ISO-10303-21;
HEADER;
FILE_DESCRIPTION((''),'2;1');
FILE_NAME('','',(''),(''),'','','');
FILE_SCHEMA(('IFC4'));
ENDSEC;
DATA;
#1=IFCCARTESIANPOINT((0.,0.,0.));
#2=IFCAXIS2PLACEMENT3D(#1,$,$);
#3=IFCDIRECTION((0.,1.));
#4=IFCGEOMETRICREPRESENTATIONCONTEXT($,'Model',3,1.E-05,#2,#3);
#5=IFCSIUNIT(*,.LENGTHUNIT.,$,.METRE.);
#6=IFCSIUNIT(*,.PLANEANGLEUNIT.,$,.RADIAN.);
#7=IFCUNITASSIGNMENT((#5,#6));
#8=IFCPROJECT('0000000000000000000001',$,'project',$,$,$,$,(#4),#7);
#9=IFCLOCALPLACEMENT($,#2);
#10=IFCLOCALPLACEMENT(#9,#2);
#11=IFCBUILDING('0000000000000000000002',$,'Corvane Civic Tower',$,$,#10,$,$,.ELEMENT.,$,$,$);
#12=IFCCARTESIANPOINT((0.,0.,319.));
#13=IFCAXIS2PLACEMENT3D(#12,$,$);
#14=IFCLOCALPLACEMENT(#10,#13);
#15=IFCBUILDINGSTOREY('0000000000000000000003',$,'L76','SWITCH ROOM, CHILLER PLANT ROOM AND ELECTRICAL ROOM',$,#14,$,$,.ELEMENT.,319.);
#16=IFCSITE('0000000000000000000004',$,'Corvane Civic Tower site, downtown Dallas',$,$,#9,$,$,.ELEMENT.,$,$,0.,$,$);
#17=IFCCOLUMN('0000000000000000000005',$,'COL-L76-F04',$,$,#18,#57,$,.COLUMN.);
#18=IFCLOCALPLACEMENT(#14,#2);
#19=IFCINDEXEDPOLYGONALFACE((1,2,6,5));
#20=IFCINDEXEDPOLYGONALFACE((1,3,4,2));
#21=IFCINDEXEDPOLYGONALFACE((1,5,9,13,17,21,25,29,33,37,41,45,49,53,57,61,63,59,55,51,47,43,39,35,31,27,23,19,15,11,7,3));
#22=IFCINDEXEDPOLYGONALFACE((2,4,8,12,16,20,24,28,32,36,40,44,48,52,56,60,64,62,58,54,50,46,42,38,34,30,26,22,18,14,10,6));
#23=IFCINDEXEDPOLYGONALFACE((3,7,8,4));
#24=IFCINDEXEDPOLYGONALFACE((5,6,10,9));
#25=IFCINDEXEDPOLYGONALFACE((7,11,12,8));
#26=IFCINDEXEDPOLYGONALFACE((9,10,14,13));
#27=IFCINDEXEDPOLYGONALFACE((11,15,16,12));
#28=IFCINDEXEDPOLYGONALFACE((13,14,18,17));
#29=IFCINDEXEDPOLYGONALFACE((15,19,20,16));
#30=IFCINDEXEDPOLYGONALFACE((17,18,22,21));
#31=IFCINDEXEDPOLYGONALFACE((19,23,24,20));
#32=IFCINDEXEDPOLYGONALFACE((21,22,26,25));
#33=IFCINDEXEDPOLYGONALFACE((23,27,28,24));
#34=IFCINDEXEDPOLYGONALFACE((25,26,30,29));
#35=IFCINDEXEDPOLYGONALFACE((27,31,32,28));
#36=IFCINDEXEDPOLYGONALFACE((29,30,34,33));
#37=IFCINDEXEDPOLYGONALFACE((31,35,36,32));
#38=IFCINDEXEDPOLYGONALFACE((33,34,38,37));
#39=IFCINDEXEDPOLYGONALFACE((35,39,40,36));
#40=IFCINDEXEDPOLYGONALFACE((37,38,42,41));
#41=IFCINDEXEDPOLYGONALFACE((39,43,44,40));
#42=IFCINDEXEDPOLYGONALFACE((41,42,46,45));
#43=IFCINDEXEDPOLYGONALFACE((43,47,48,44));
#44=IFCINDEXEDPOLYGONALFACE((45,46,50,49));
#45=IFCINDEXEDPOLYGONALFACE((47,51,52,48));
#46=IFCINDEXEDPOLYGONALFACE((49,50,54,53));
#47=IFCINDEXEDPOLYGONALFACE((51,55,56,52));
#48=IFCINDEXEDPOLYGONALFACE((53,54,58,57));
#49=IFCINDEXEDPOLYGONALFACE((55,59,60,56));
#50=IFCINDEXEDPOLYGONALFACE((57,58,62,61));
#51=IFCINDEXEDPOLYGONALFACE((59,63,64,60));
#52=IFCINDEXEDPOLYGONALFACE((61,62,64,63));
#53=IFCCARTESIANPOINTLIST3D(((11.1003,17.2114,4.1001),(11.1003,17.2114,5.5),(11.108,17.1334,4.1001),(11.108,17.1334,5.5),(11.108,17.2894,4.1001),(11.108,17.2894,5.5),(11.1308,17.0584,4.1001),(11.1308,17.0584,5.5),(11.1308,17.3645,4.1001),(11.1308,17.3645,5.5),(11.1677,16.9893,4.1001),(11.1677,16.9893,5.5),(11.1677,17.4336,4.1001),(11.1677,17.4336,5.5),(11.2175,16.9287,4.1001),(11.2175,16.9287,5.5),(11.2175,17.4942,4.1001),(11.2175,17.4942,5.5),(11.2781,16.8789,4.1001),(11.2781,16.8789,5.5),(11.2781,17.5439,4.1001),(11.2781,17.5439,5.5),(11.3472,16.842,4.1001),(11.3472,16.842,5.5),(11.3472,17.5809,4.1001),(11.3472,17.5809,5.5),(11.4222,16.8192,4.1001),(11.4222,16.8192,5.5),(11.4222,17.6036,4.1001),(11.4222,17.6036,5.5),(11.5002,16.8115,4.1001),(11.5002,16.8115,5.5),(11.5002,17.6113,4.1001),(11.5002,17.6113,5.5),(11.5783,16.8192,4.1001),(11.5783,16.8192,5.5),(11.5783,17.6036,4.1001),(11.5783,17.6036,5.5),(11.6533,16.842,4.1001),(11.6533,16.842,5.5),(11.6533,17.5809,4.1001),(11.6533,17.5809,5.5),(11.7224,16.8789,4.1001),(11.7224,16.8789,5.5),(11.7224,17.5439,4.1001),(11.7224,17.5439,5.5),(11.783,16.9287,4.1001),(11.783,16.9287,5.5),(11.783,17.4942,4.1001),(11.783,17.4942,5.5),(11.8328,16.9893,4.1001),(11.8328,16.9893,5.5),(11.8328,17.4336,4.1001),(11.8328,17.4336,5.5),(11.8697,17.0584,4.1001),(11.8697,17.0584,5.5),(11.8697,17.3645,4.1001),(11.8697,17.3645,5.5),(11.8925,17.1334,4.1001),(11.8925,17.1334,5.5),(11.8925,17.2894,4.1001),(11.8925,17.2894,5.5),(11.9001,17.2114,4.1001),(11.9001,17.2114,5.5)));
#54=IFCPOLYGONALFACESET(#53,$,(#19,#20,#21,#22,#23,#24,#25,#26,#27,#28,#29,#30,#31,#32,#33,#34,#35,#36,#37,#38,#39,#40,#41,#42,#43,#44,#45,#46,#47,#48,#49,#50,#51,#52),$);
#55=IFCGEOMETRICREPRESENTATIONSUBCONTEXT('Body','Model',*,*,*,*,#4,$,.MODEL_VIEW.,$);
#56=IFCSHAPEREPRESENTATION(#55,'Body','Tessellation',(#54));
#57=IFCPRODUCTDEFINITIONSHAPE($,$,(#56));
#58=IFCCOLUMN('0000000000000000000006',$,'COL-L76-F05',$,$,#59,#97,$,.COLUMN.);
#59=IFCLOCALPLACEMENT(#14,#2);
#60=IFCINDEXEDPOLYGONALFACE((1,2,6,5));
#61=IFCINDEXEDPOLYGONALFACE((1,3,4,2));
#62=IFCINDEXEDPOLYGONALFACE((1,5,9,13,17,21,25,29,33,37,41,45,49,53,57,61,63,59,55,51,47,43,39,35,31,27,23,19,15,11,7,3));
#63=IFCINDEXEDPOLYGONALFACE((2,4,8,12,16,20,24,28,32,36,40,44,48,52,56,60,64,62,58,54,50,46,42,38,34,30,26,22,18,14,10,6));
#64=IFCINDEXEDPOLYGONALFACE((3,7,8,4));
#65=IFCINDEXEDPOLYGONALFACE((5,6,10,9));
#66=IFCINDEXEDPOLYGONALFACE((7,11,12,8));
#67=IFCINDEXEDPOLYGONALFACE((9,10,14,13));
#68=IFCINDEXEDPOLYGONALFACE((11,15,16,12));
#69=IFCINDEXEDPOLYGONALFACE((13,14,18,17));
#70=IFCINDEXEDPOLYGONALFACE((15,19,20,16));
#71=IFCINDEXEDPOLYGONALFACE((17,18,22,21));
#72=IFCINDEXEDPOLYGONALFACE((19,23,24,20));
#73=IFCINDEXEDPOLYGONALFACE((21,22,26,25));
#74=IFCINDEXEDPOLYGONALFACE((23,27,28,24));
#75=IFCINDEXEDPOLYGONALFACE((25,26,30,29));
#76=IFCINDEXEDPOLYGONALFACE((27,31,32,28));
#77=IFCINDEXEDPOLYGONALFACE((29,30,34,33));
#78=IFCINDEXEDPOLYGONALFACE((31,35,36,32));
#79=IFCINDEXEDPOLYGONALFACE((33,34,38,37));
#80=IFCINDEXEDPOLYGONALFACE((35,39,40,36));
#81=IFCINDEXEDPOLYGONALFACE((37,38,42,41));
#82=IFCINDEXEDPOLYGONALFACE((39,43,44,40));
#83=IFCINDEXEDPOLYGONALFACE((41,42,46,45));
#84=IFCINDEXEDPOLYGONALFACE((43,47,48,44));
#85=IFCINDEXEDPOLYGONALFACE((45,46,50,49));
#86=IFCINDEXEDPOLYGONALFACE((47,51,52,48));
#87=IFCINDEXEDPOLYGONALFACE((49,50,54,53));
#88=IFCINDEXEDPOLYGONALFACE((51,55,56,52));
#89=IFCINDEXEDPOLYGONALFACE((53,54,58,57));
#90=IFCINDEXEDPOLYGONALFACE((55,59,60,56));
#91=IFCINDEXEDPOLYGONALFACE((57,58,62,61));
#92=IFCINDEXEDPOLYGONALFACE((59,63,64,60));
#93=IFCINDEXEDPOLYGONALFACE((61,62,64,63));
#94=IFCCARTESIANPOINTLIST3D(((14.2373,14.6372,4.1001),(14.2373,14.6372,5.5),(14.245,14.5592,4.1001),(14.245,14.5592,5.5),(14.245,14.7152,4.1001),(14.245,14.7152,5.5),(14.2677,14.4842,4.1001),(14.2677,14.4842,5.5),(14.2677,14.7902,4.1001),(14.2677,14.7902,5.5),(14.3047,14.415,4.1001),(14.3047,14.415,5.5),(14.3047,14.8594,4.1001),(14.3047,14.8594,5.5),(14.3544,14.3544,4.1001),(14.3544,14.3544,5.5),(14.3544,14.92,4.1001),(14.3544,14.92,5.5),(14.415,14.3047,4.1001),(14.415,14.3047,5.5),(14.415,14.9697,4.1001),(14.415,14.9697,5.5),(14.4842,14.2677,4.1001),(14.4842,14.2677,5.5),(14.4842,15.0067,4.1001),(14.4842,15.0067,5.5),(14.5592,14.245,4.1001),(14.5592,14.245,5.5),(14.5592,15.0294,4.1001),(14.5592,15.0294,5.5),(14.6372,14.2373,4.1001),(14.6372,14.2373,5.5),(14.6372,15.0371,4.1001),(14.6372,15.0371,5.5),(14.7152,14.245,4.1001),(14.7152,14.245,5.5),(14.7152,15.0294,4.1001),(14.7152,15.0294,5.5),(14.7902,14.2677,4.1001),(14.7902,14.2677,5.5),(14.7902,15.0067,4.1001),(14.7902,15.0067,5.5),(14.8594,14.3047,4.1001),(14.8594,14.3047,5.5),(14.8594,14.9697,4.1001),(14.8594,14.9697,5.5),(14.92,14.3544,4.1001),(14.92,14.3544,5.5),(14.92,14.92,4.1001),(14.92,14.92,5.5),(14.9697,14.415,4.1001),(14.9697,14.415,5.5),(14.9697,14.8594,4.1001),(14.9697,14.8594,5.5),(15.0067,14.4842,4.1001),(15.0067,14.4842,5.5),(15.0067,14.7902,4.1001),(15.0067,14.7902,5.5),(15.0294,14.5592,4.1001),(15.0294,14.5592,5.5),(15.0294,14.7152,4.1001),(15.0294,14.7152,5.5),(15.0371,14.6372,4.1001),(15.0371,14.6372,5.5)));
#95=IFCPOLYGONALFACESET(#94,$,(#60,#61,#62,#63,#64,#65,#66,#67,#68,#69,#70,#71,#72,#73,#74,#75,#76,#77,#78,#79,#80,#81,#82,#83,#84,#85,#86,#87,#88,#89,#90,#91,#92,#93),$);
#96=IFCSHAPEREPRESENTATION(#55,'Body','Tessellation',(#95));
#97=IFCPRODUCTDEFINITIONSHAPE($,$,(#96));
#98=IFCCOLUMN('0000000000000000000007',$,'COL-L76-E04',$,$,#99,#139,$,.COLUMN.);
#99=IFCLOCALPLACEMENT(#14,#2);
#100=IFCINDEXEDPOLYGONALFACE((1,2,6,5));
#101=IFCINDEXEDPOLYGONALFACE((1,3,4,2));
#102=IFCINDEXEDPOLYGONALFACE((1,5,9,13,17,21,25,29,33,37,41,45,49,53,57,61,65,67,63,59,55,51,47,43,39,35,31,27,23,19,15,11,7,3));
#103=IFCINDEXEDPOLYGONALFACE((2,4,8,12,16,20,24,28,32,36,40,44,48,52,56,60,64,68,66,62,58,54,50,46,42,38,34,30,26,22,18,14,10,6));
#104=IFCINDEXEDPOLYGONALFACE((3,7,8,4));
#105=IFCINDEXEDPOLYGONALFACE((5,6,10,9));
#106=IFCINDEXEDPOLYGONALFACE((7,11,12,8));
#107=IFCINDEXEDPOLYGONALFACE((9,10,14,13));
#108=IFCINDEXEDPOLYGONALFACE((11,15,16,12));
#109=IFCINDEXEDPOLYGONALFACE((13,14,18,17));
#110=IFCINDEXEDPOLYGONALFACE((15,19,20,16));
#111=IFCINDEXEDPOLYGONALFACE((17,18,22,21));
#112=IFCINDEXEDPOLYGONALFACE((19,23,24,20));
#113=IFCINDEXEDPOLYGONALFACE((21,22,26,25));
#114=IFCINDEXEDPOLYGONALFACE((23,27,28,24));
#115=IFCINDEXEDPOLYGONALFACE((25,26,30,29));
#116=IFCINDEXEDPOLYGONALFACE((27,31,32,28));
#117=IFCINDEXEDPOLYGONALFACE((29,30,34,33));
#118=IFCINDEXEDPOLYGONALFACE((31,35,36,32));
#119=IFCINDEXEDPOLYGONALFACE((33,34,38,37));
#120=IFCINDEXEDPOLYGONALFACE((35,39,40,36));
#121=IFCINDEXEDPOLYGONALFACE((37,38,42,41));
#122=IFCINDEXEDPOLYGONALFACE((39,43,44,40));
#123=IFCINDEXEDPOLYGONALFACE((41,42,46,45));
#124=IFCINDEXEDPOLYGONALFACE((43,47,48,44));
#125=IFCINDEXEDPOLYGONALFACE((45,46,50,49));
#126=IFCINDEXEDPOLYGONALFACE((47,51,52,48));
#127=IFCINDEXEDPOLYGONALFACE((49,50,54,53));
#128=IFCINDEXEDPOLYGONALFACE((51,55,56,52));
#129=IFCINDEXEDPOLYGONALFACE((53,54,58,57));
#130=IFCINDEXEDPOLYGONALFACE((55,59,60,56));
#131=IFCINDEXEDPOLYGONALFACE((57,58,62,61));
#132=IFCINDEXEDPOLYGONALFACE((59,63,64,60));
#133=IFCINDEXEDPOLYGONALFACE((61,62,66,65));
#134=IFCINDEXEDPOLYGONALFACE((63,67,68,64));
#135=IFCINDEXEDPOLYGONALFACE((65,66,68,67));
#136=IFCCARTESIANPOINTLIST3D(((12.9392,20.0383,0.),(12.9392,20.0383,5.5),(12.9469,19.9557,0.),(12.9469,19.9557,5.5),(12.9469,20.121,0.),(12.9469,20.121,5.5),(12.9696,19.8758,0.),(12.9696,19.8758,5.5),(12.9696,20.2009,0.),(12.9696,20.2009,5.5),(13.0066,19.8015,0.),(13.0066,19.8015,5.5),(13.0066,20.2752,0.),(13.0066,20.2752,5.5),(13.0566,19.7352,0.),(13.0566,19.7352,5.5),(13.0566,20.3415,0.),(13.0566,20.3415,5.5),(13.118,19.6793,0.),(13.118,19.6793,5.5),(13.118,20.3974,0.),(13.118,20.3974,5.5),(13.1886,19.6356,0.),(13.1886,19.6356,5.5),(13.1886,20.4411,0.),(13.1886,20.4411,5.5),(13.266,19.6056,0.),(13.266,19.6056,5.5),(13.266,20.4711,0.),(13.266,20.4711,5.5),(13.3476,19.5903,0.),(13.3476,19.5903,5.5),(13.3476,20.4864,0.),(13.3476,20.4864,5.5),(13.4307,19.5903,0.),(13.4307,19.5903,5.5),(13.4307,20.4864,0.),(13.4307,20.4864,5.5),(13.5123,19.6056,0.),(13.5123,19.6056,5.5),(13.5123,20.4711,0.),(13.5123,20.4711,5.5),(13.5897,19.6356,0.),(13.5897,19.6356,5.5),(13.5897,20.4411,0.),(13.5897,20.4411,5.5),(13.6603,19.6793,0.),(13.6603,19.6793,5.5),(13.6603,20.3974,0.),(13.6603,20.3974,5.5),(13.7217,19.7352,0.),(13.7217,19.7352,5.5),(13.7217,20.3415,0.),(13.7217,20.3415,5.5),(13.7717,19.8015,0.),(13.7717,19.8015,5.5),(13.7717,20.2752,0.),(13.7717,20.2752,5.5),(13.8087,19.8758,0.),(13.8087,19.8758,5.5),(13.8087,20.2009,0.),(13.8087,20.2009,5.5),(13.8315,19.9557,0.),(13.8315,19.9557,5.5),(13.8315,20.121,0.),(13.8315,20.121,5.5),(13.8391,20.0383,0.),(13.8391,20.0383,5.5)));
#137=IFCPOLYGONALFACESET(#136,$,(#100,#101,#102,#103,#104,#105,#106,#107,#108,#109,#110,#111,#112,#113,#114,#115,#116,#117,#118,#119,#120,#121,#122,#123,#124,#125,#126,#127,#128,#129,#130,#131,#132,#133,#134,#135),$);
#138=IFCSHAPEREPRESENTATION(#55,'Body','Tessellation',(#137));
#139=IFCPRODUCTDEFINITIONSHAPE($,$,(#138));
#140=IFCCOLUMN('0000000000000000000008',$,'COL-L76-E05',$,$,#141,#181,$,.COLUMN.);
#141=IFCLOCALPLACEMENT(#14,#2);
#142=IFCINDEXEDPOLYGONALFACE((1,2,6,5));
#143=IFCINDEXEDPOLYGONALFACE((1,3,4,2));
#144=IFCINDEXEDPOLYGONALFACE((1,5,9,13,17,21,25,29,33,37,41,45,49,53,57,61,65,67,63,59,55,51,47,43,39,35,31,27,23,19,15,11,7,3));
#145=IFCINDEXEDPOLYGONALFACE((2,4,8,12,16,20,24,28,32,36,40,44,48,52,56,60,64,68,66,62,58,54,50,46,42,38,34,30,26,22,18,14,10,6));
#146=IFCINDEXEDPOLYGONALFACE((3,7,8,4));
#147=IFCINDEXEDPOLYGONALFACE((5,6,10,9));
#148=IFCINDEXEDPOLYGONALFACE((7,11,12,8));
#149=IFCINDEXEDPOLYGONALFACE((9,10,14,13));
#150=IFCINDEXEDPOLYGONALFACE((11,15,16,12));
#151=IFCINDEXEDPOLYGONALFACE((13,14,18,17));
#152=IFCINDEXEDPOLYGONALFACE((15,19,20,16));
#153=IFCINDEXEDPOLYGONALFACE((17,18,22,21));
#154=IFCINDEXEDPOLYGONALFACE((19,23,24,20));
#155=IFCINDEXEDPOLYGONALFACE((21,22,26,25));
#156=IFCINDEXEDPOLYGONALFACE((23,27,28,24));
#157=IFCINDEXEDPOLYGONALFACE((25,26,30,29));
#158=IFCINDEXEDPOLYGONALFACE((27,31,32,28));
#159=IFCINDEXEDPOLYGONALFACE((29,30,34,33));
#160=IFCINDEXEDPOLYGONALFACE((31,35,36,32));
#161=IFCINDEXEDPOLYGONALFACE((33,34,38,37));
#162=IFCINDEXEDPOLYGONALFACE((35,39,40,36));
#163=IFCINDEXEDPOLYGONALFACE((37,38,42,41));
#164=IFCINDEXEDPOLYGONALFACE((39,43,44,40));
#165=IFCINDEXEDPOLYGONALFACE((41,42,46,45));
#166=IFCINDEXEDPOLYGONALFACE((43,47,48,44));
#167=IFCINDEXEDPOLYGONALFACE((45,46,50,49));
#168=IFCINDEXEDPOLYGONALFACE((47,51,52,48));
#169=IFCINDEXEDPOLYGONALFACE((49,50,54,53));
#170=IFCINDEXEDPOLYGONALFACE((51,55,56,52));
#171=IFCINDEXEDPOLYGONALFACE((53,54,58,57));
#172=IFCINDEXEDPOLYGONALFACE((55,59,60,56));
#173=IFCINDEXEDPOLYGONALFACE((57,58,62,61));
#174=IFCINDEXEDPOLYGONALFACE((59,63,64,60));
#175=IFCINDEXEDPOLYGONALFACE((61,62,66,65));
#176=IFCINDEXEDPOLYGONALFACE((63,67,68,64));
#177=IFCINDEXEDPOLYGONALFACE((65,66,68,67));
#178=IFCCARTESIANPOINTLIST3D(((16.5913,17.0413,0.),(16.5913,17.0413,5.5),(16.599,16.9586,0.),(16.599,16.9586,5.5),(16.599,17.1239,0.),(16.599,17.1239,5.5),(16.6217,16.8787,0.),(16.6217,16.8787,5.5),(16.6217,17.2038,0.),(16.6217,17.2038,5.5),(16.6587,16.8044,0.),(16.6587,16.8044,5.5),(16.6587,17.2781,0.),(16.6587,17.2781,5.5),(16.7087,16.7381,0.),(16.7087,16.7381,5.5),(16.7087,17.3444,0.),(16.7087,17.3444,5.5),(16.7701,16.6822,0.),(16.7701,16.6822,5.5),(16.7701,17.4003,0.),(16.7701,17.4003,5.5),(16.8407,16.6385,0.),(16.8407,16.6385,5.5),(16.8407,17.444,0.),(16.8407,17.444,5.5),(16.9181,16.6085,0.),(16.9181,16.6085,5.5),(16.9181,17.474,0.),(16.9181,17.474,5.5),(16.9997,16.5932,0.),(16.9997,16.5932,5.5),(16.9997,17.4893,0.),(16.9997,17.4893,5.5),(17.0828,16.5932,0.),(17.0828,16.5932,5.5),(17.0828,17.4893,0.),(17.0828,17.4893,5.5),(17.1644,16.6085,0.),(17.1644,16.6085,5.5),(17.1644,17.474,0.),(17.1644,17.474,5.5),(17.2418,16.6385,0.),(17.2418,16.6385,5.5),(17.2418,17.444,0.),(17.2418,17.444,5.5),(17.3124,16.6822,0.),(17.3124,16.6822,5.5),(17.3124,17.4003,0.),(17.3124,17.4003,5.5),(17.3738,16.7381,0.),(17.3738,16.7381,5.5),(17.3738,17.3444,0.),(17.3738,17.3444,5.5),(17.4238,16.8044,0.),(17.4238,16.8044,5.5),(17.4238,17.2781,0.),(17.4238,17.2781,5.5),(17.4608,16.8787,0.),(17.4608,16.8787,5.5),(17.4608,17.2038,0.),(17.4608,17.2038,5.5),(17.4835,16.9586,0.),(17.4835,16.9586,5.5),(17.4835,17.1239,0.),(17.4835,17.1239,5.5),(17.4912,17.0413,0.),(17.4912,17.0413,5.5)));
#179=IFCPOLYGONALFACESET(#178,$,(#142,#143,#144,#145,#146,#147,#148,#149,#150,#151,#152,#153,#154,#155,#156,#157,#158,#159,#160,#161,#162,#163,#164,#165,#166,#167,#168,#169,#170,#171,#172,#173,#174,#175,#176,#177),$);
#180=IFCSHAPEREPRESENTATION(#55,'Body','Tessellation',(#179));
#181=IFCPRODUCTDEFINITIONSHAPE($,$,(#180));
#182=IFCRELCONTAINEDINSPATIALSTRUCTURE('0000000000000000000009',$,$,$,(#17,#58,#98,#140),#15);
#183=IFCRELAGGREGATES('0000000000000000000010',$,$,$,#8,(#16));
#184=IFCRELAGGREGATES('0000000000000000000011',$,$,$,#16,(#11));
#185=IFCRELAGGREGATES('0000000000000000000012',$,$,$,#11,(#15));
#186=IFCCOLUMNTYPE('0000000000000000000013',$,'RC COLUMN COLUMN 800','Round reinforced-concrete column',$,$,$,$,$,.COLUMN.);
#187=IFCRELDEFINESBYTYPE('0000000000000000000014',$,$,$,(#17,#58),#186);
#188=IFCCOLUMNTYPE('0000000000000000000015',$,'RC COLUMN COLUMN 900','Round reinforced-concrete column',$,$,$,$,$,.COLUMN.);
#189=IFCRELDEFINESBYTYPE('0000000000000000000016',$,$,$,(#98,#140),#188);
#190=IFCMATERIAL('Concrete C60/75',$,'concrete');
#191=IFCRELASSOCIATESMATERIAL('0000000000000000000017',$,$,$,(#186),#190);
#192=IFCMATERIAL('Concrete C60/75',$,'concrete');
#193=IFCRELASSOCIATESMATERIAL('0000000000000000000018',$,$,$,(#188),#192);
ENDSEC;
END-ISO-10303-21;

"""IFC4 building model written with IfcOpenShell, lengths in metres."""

from ifc_helpers import new_model, si_unit, direction, frame, origin, origin_2d, place, context, subcontext, project, spatial, circle, extrude, material, material_profile, profile_set, type_object, element, save


model = new_model("IFC4")

# Units and contexts
model_context = context("Model", 3, precision=1e-05, world=origin(), true_north=direction((0.0, 1.0)))
body_context = subcontext(model_context, "Body", "Model", "MODEL_VIEW")
ifc_project = project(units=[si_unit("LENGTHUNIT", "METRE"), si_unit("PLANEANGLEUNIT", "RADIAN")], contexts=[model_context])

# Site, building, storey
site_placement = place(None, origin())
site = spatial("IfcSite", under=ifc_project, at=site_placement, Name="Corvane Civic Tower site, downtown Dallas", CompositionType="ELEMENT", RefElevation=0.0)
building_placement = place(site_placement, origin())
building = spatial("IfcBuilding", under=site, at=building_placement, Name="Corvane Civic Tower", CompositionType="ELEMENT")
storey_placement = place(building_placement, frame((0.0, 0.0, 319.0)))
storey = spatial("IfcBuildingStorey", under=building, at=storey_placement, Name="L76", Description="SWITCH ROOM, CHILLER PLANT ROOM AND ELECTRICAL ROOM", CompositionType="ELEMENT", Elevation=319.0)

# Columns
ifc_material_1 = material(Name="Concrete C60/75", Category="concrete")
ifc_material_profile_1 = material_profile(ifc_material_1, circle(Radius=0.3999, at=origin_2d()), Name="COLUMN 800")
ifc_profile_set_1 = profile_set([ifc_material_profile_1], Name="Concrete C60/75")
column_type_1 = type_object("IfcColumnType", Name="RC COLUMN COLUMN 800", Description="Round reinforced-concrete column", PredefinedType="COLUMN", material=ifc_profile_set_1)
for number, where, z_axis, x_axis, name in (
    (1, (11.5002, 17.2114, 4.1001), (0.0, 0.0, 1.0), (1.0, 0.0, 0.0), "COL-L76-F04"),
    (2, (14.6372, 14.6372, 4.1001), (0.0, 0.0, 1.0), (1.0, 0.0, 0.0), "COL-L76-F05"),
):
    element("IfcColumn", number, at=place(storey_placement, frame(where, z_axis=z_axis, x_axis=x_axis)), inside=storey, type_object=column_type_1, Name=name, PredefinedType="COLUMN", context=body_context, shape_type="SweptSolid", body=[
        extrude(circle(Radius=0.3999, at=origin_2d()), origin(), (0.0, 0.0, 1.0), 1.3999),
    ])
ifc_material_2 = material(Name="Concrete C60/75", Category="concrete")
ifc_material_profile_2 = material_profile(ifc_material_2, circle(Radius=0.45, at=origin_2d()), Name="COLUMN 900")
ifc_profile_set_2 = profile_set([ifc_material_profile_2], Name="Concrete C60/75")
column_type_2 = type_object("IfcColumnType", Name="RC COLUMN COLUMN 900", Description="Round reinforced-concrete column", PredefinedType="COLUMN", material=ifc_profile_set_2)
for number, where, z_axis, x_axis, name in (
    (3, (13.3892, 20.0383, 0.0), (0.0, 0.0, 1.0), (1.0, 0.0, 0.0), "COL-L76-E04"),
    (4, (17.0413, 17.0413, 0.0), (0.0, 0.0, 1.0), (1.0, 0.0, 0.0), "COL-L76-E05"),
):
    element("IfcColumn", number, at=place(storey_placement, frame(where, z_axis=z_axis, x_axis=x_axis)), inside=storey, type_object=column_type_2, Name=name, PredefinedType="COLUMN", context=body_context, shape_type="SweptSolid", body=[
        extrude(circle(Radius=0.45, at=origin_2d()), origin(), (0.0, 0.0, 1.0), 5.5),
    ])

save(model, "model.ifc")
